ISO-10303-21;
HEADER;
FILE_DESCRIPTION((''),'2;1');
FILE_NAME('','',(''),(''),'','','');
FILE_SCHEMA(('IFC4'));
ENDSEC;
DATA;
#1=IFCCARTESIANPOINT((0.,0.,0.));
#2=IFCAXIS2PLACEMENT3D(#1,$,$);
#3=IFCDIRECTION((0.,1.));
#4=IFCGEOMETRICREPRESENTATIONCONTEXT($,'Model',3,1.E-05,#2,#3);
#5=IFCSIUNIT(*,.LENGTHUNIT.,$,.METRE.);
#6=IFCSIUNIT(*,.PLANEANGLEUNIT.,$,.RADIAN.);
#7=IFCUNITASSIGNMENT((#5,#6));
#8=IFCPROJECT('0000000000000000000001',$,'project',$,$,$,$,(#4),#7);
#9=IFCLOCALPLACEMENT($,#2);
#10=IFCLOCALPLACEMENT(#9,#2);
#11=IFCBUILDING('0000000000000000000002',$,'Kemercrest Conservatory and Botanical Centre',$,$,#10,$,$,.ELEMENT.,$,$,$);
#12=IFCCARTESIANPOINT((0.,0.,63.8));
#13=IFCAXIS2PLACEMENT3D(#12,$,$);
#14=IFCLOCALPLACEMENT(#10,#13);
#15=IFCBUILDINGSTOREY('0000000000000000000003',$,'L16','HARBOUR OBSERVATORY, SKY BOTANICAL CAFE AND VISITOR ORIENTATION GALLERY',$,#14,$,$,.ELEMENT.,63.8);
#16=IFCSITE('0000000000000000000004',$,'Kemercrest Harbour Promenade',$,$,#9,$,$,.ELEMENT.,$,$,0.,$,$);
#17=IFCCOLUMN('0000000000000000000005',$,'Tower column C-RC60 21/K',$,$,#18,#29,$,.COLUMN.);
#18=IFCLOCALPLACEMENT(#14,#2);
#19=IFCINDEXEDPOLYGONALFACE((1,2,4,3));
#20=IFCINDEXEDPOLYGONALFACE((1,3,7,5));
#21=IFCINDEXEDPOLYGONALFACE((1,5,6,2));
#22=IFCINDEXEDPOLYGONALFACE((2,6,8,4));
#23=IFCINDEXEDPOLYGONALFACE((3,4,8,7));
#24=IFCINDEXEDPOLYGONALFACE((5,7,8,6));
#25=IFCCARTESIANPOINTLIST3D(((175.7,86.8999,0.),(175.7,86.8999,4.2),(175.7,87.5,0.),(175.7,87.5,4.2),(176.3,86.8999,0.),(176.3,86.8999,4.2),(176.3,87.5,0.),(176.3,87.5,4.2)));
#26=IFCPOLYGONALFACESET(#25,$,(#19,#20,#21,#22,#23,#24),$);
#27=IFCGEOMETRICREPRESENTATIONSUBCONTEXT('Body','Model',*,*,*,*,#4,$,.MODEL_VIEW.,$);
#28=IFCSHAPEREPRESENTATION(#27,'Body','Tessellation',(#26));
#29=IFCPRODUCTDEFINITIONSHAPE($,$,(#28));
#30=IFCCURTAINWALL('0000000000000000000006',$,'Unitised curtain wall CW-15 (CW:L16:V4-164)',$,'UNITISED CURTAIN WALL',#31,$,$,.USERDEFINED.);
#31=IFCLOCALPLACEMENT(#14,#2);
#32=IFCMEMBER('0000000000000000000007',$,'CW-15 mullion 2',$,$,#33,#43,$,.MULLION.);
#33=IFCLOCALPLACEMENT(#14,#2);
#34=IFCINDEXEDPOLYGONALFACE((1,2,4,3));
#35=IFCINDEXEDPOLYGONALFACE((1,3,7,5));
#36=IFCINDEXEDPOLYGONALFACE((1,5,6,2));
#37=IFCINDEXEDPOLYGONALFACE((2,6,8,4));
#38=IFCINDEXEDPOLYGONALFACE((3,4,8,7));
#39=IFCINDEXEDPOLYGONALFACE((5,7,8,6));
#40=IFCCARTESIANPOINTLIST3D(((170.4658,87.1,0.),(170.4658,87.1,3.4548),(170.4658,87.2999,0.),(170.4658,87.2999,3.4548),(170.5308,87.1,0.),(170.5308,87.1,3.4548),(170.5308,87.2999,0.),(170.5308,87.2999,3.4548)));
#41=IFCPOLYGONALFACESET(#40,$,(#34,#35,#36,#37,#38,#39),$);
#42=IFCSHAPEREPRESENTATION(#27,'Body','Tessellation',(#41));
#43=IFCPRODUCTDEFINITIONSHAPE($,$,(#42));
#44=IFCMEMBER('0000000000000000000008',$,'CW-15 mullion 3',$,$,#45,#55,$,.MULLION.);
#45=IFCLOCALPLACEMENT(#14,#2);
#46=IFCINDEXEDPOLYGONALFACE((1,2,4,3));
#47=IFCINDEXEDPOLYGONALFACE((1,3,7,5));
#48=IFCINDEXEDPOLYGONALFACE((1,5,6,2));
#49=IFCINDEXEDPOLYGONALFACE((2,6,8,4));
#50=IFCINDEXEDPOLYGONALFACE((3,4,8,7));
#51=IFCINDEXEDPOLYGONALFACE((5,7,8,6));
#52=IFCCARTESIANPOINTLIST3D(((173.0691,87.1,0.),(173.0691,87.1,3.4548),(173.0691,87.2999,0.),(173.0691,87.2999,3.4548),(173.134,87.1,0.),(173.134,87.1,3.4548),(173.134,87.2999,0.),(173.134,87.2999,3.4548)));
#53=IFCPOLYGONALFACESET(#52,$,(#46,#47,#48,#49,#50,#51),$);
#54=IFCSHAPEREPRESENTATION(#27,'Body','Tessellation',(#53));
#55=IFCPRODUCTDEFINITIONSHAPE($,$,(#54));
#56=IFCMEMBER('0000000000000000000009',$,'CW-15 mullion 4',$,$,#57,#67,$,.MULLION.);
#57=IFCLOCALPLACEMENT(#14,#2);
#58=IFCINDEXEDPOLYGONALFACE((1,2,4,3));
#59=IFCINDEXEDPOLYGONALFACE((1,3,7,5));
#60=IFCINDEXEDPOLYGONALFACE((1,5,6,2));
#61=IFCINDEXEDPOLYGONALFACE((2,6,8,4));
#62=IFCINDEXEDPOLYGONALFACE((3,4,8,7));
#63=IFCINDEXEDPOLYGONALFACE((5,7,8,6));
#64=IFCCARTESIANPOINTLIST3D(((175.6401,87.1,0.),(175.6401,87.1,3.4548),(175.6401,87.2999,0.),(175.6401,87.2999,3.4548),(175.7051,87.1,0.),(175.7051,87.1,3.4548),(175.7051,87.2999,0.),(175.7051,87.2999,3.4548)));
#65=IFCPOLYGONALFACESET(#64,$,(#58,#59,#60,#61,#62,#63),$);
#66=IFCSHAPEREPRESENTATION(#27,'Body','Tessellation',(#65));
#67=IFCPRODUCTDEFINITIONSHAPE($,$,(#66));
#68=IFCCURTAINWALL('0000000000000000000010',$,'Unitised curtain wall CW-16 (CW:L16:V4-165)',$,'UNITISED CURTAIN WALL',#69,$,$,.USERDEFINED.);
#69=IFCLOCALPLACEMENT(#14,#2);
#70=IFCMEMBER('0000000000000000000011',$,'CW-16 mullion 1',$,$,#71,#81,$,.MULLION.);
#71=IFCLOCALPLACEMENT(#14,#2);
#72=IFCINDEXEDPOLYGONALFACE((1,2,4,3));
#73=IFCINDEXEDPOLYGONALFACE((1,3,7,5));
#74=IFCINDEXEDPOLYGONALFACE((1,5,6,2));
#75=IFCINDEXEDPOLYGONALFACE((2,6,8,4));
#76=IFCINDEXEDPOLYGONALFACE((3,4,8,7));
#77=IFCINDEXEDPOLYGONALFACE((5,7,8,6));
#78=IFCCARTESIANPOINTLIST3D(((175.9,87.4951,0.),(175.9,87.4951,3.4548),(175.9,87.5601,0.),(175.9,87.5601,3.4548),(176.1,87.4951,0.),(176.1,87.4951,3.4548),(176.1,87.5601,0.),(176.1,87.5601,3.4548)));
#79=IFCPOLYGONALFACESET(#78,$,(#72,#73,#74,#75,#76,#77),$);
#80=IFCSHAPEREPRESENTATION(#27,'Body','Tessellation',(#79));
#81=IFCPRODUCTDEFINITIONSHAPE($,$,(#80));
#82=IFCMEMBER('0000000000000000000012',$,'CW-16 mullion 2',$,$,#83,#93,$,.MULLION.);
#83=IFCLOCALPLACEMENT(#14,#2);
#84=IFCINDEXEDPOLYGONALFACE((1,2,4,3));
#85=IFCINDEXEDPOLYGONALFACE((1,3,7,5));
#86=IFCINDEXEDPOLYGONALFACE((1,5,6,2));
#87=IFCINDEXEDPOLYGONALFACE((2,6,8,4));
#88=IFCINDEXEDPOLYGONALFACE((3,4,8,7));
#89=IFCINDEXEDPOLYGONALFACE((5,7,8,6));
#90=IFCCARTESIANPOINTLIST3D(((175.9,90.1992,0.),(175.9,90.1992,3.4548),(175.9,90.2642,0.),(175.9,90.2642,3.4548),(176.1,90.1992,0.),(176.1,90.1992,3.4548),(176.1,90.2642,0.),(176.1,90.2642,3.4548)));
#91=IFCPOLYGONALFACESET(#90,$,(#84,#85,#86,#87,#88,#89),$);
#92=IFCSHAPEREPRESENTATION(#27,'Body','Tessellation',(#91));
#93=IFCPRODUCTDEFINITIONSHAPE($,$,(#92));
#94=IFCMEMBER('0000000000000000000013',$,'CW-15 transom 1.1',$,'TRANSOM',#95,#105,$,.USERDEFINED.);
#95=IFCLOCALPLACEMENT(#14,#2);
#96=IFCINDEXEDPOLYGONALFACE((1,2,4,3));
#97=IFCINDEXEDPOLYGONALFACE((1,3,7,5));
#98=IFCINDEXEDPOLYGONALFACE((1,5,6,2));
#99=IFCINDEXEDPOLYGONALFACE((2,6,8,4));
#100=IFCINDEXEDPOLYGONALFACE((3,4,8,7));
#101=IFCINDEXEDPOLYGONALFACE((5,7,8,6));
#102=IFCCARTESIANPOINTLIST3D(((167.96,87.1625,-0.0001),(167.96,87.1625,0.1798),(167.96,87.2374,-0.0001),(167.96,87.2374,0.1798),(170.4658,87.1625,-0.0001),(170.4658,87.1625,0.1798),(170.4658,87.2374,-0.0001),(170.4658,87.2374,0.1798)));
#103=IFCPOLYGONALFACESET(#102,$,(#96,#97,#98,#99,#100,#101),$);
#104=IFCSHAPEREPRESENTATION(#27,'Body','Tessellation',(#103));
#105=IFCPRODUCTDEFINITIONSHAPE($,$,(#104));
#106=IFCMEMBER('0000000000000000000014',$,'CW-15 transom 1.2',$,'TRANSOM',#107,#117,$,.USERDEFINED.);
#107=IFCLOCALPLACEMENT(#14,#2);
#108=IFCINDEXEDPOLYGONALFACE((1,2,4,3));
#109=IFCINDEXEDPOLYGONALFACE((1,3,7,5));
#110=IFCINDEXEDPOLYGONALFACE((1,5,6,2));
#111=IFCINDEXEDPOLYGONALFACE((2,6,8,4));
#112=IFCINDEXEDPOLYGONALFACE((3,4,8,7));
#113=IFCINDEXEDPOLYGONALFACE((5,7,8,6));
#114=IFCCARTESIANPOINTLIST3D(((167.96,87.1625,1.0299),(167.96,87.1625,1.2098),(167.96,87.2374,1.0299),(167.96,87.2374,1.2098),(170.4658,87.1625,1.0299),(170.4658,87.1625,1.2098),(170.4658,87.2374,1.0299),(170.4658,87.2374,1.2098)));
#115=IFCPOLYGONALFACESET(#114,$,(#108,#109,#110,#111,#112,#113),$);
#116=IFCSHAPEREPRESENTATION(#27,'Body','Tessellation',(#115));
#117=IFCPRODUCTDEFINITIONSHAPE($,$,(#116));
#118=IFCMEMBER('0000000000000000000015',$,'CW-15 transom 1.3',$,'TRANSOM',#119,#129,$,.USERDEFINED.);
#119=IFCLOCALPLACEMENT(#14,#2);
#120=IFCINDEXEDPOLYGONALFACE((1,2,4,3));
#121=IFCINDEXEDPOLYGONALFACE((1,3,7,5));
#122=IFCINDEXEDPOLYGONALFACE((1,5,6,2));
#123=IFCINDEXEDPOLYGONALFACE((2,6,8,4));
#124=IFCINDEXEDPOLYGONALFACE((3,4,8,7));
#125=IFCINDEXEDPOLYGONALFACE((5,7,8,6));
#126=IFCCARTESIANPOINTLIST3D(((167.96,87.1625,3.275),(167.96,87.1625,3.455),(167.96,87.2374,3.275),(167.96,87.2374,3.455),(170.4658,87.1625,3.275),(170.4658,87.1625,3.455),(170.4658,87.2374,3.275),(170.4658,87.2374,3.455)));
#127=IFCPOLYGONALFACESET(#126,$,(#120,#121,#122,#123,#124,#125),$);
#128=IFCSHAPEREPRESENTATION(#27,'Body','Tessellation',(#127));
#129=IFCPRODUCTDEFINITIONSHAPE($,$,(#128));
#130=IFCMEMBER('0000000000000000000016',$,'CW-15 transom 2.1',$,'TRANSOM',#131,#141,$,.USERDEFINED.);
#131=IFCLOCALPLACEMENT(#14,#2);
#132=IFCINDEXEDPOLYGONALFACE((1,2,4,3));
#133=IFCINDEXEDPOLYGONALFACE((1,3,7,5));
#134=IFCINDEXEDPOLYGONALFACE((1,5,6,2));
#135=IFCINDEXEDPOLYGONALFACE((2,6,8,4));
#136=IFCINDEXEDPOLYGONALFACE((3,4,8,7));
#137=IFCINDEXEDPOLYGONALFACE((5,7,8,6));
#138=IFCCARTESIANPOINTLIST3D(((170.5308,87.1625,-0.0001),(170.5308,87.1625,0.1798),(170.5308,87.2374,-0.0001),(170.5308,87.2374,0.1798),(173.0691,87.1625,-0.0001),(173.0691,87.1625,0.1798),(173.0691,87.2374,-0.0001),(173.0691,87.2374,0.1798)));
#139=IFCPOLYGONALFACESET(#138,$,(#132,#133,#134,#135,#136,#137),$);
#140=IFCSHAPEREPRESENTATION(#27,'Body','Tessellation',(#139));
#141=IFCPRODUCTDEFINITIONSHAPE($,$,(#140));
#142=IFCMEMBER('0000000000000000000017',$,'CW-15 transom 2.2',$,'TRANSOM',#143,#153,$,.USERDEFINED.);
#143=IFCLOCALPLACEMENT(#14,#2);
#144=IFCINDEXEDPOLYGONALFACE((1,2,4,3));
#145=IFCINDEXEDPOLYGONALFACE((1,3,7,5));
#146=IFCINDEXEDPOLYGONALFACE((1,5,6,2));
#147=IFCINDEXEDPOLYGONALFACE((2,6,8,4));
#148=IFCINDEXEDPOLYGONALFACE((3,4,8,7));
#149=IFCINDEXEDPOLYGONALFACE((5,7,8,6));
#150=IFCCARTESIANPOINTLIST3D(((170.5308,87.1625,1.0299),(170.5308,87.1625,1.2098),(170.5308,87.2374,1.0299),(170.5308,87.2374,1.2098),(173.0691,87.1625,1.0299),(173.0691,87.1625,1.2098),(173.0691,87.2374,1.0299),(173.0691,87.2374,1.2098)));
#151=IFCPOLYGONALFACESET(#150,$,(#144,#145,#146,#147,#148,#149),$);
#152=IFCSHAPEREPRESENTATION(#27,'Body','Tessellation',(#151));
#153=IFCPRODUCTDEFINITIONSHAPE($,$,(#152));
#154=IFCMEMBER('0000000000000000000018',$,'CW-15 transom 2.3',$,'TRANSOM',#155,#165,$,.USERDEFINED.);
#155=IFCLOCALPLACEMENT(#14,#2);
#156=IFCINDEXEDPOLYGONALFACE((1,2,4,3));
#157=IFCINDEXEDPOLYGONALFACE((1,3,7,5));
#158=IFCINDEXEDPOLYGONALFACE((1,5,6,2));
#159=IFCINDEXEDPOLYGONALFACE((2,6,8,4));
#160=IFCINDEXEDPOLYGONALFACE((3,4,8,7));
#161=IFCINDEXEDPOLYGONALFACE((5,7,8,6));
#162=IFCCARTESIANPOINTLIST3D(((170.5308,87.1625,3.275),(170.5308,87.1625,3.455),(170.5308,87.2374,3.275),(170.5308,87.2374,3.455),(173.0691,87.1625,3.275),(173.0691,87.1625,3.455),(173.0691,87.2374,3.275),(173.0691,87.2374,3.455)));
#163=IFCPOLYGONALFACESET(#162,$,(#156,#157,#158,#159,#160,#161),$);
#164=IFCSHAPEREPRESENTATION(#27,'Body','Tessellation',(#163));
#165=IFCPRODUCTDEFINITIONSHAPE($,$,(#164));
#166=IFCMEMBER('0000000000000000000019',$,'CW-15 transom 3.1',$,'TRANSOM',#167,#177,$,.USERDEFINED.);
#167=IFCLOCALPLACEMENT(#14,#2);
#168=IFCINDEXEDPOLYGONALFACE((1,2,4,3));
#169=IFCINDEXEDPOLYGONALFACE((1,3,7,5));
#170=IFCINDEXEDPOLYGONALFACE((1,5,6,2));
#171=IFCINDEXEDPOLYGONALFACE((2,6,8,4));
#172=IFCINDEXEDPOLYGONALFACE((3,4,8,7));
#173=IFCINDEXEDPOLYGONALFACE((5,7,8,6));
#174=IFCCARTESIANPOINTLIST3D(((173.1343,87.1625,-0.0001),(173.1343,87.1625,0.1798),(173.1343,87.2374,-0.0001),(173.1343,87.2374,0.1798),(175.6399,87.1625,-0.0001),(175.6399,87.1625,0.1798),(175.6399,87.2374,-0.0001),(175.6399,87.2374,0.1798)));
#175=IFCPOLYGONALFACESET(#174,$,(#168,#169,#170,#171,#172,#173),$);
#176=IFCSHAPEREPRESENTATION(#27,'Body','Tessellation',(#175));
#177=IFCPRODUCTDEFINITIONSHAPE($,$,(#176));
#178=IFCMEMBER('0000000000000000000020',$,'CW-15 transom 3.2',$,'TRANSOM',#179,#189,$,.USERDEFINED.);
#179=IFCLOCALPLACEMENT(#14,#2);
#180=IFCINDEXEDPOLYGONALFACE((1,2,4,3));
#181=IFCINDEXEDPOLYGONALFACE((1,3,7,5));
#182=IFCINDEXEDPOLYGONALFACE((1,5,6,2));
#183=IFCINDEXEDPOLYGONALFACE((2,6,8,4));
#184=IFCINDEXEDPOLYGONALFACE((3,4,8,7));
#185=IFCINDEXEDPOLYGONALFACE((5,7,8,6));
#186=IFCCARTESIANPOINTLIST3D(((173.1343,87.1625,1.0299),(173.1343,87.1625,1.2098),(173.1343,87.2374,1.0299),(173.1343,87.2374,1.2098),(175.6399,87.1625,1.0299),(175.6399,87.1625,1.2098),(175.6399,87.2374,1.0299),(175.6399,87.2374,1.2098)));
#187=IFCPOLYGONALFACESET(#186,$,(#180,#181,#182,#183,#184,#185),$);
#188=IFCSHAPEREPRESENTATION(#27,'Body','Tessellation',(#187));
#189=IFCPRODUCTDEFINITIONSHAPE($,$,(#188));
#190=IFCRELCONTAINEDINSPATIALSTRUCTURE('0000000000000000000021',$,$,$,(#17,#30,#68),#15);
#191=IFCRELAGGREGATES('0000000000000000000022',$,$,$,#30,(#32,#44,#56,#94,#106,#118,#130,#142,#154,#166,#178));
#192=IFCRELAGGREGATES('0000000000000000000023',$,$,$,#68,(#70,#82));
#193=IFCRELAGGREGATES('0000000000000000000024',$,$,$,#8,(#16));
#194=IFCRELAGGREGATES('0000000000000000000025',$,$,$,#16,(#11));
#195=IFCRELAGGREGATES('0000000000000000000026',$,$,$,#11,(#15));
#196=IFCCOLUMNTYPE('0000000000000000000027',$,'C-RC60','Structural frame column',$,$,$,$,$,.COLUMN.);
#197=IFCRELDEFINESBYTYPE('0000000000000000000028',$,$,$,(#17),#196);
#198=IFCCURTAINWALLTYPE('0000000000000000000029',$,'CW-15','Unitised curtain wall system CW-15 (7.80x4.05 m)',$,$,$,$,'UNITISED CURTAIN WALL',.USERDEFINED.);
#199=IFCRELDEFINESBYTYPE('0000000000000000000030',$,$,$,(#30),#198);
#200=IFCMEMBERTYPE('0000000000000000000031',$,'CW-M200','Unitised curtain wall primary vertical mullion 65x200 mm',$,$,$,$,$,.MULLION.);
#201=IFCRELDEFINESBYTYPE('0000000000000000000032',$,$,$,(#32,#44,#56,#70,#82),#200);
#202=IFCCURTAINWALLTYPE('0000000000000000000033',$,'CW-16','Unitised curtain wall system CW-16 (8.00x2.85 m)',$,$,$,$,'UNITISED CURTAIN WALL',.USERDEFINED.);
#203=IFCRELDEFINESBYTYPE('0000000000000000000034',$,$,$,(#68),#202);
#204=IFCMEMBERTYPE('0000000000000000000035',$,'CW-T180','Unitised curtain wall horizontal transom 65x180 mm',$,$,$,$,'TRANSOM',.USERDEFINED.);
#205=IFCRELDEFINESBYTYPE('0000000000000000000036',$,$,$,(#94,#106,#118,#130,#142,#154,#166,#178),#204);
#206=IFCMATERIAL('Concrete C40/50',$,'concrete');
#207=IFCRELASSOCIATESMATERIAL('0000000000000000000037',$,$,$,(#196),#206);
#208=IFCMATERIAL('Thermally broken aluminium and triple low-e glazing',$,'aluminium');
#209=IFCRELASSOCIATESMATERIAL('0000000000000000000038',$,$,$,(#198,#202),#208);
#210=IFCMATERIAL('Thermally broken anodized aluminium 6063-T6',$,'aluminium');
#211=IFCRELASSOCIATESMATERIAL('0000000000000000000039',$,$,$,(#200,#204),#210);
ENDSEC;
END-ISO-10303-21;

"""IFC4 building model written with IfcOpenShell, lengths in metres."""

from ifc_helpers import new_model, si_unit, direction, frame, origin, origin_2d, place, context, subcontext, project, spatial, rectangle, extrude, material, material_profile, profile_set, type_object, element, aggregate, save


model = new_model("IFC4")

# Units and contexts
model_context = context("Model", 3, precision=1e-05, world=origin(), true_north=direction((0.0, 1.0)))
body_context = subcontext(model_context, "Body", "Model", "MODEL_VIEW")
ifc_project = project(units=[si_unit("LENGTHUNIT", "METRE"), si_unit("PLANEANGLEUNIT", "RADIAN")], contexts=[model_context])

# Site, building, storey
site_placement = place(None, origin())
site = spatial("IfcSite", under=ifc_project, at=site_placement, Name="Kemercrest Harbour Promenade", CompositionType="ELEMENT", RefElevation=0.0)
building_placement = place(site_placement, origin())
building = spatial("IfcBuilding", under=site, at=building_placement, Name="Kemercrest Conservatory and Botanical Centre", CompositionType="ELEMENT")
storey_placement = place(building_placement, frame((0.0, 0.0, 63.8)))
storey = spatial("IfcBuildingStorey", under=building, at=storey_placement, Name="L16", Description="HARBOUR OBSERVATORY, SKY BOTANICAL CAFE AND VISITOR ORIENTATION GALLERY", CompositionType="ELEMENT", Elevation=63.8)

# Column
ifc_material_1 = material(Name="Concrete C40/50", Category="concrete")
ifc_material_profile_1 = material_profile(ifc_material_1, rectangle(XDim=0.6001, YDim=0.6001, at=origin_2d()), Name="RC 600x600")
ifc_profile_set_1 = profile_set([ifc_material_profile_1], Name="Concrete C40/50")
column_type = type_object("IfcColumnType", Name="C-RC60", Description="Structural frame column", PredefinedType="COLUMN", material=ifc_profile_set_1)
column_placement = place(storey_placement, frame((176.0, 87.2, 0.0), z_axis=(0.0, 0.0, 1.0), x_axis=(1.0, 0.0, 0.0)))
element("IfcColumn", 1, at=column_placement, inside=storey, type_object=column_type, Name="Tower column C-RC60 21/K", PredefinedType="COLUMN", context=body_context, shape_type="SweptSolid", body=[
    extrude(rectangle(XDim=0.6001, YDim=0.6001, at=origin_2d()), origin(), (0.0, 0.0, 1.0), 4.2),
])

# Curtain walls, members
ifc_material_2 = material(Name="Thermally broken aluminium and triple low-e glazing", Category="aluminium")
curtain_wall_type_1 = type_object("IfcCurtainWallType", Name="CW-15", Description="Unitised curtain wall system CW-15 (7.80x4.05 m)", ElementType="UNITISED CURTAIN WALL", PredefinedType="USERDEFINED", material=ifc_material_2)
curtain_wall_1_placement = place(storey_placement, origin())
curtain_wall_1 = element("IfcCurtainWall", 2, at=curtain_wall_1_placement, inside=storey, type_object=curtain_wall_type_1, Name="Unitised curtain wall CW-15 (CW:L16:V4-164)", ObjectType="UNITISED CURTAIN WALL", PredefinedType="USERDEFINED")
ifc_material_3 = material(Name="Thermally broken anodized aluminium 6063-T6", Category="aluminium")
ifc_material_profile_2 = material_profile(ifc_material_3, rectangle(XDim=0.2, YDim=0.0649, at=origin_2d()), Name="AL MULLION 65x200")
ifc_profile_set_2 = profile_set([ifc_material_profile_2], Name="Thermally broken anodized aluminium 6063-T6")
member_type_1 = type_object("IfcMemberType", Name="CW-M200", Description="Unitised curtain wall primary vertical mullion 65x200 mm", PredefinedType="MULLION", material=ifc_profile_set_2)
member_1_placement = place(storey_placement, frame((170.4983, 87.2, 0.0), z_axis=(0.0, 0.0, 1.0), x_axis=(0.0, 1.0, 0.0)))
member_1 = element("IfcMember", 3, at=member_1_placement, type_object=member_type_1, Name="CW-15 mullion 2", PredefinedType="MULLION", context=body_context, shape_type="SweptSolid", body=[
    extrude(rectangle(XDim=0.2, YDim=0.0649, at=origin_2d()), origin(), (0.0, 0.0, 1.0), 3.4548),
])
member_2_placement = place(storey_placement, frame((173.1016, 87.2, 0.0), z_axis=(0.0, 0.0, 1.0), x_axis=(0.0, 1.0, 0.0)))
member_2 = element("IfcMember", 4, at=member_2_placement, type_object=member_type_1, Name="CW-15 mullion 3", PredefinedType="MULLION", context=body_context, shape_type="SweptSolid", body=[
    extrude(rectangle(XDim=0.2, YDim=0.0649, at=origin_2d()), origin(), (0.0, 0.0, 1.0), 3.4548),
])
member_3_placement = place(storey_placement, frame((175.6726, 87.2, 0.0), z_axis=(0.0, 0.0, 1.0), x_axis=(0.0, 1.0, 0.0)))
member_3 = element("IfcMember", 5, at=member_3_placement, type_object=member_type_1, Name="CW-15 mullion 4", PredefinedType="MULLION", context=body_context, shape_type="SweptSolid", body=[
    extrude(rectangle(XDim=0.2, YDim=0.0649, at=origin_2d()), origin(), (0.0, 0.0, 1.0), 3.4548),
])
curtain_wall_type_2 = type_object("IfcCurtainWallType", Name="CW-16", Description="Unitised curtain wall system CW-16 (8.00x2.85 m)", ElementType="UNITISED CURTAIN WALL", PredefinedType="USERDEFINED", material=ifc_material_2)
curtain_wall_2_placement = place(storey_placement, origin())
curtain_wall_2 = element("IfcCurtainWall", 6, at=curtain_wall_2_placement, inside=storey, type_object=curtain_wall_type_2, Name="Unitised curtain wall CW-16 (CW:L16:V4-165)", ObjectType="UNITISED CURTAIN WALL", PredefinedType="USERDEFINED")
member_4_placement = place(storey_placement, frame((176.0, 87.5276, 0.0), z_axis=(0.0, 0.0, 1.0), x_axis=(-1.0, 0.0, 0.0)))
member_4 = element("IfcMember", 7, at=member_4_placement, type_object=member_type_1, Name="CW-16 mullion 1", PredefinedType="MULLION", context=body_context, shape_type="SweptSolid", body=[
    extrude(rectangle(XDim=0.2, YDim=0.0649, at=origin_2d()), origin(), (0.0, 0.0, 1.0), 3.4548),
])
member_5_placement = place(storey_placement, frame((176.0, 90.2317, 0.0), z_axis=(0.0, 0.0, 1.0), x_axis=(-1.0, 0.0, 0.0)))
member_5 = element("IfcMember", 8, at=member_5_placement, type_object=member_type_1, Name="CW-16 mullion 2", PredefinedType="MULLION", context=body_context, shape_type="SweptSolid", body=[
    extrude(rectangle(XDim=0.2, YDim=0.0649, at=origin_2d()), origin(), (0.0, 0.0, 1.0), 3.4548),
])

# Members
ifc_material_profile_3 = material_profile(ifc_material_3, rectangle(XDim=0.075, YDim=0.1799, at=origin_2d()), Name="AL TRANSOM 75x180")
ifc_profile_set_3 = profile_set([ifc_material_profile_3], Name="Thermally broken anodized aluminium 6063-T6")
member_type_2 = type_object("IfcMemberType", Name="CW-T180", Description="Unitised curtain wall horizontal transom 65x180 mm", ElementType="TRANSOM", PredefinedType="USERDEFINED", material=ifc_profile_set_3)
member_6_placement = place(storey_placement, frame((167.96, 87.2, 0.0898), z_axis=(1.0, 0.0, 0.0), x_axis=(0.0, 1.0, 0.0)))
member_6 = element("IfcMember", 9, at=member_6_placement, type_object=member_type_2, Name="CW-15 transom 1.1", ObjectType="TRANSOM", PredefinedType="USERDEFINED", context=body_context, shape_type="SweptSolid", body=[
    extrude(rectangle(XDim=0.075, YDim=0.1799, at=origin_2d()), origin(), (0.0, 0.0, 1.0), 2.5059),
])
member_7_placement = place(storey_placement, frame((167.96, 87.2, 1.1199), z_axis=(1.0, 0.0, 0.0), x_axis=(0.0, 1.0, 0.0)))
member_7 = element("IfcMember", 10, at=member_7_placement, type_object=member_type_2, Name="CW-15 transom 1.2", ObjectType="TRANSOM", PredefinedType="USERDEFINED", context=body_context, shape_type="SweptSolid", body=[
    extrude(rectangle(XDim=0.075, YDim=0.1799, at=origin_2d()), origin(), (0.0, 0.0, 1.0), 2.5059),
])
member_8_placement = place(storey_placement, frame((167.96, 87.2, 3.365), z_axis=(1.0, 0.0, 0.0), x_axis=(0.0, 1.0, 0.0)))
member_8 = element("IfcMember", 11, at=member_8_placement, type_object=member_type_2, Name="CW-15 transom 1.3", ObjectType="TRANSOM", PredefinedType="USERDEFINED", context=body_context, shape_type="SweptSolid", body=[
    extrude(rectangle(XDim=0.075, YDim=0.1799, at=origin_2d()), origin(), (0.0, 0.0, 1.0), 2.5059),
])
member_9_placement = place(storey_placement, frame((170.5308, 87.2, 0.0898), z_axis=(1.0, 0.0, 0.0), x_axis=(0.0, 1.0, 0.0)))
member_9 = element("IfcMember", 12, at=member_9_placement, type_object=member_type_2, Name="CW-15 transom 2.1", ObjectType="TRANSOM", PredefinedType="USERDEFINED", context=body_context, shape_type="SweptSolid", body=[
    extrude(rectangle(XDim=0.075, YDim=0.1799, at=origin_2d()), origin(), (0.0, 0.0, 1.0), 2.5383),
])
member_10_placement = place(storey_placement, frame((170.5308, 87.2, 1.1199), z_axis=(1.0, 0.0, 0.0), x_axis=(0.0, 1.0, 0.0)))
member_10 = element("IfcMember", 13, at=member_10_placement, type_object=member_type_2, Name="CW-15 transom 2.2", ObjectType="TRANSOM", PredefinedType="USERDEFINED", context=body_context, shape_type="SweptSolid", body=[
    extrude(rectangle(XDim=0.075, YDim=0.1799, at=origin_2d()), origin(), (0.0, 0.0, 1.0), 2.5383),
])
member_11_placement = place(storey_placement, frame((170.5308, 87.2, 3.365), z_axis=(1.0, 0.0, 0.0), x_axis=(0.0, 1.0, 0.0)))
member_11 = element("IfcMember", 14, at=member_11_placement, type_object=member_type_2, Name="CW-15 transom 2.3", ObjectType="TRANSOM", PredefinedType="USERDEFINED", context=body_context, shape_type="SweptSolid", body=[
    extrude(rectangle(XDim=0.075, YDim=0.1799, at=origin_2d()), origin(), (0.0, 0.0, 1.0), 2.5383),
])
member_12_placement = place(storey_placement, frame((173.1343, 87.2, 0.0898), z_axis=(1.0, 0.0, 0.0), x_axis=(0.0, 1.0, 0.0)))
member_12 = element("IfcMember", 15, at=member_12_placement, type_object=member_type_2, Name="CW-15 transom 3.1", ObjectType="TRANSOM", PredefinedType="USERDEFINED", context=body_context, shape_type="SweptSolid", body=[
    extrude(rectangle(XDim=0.075, YDim=0.1799, at=origin_2d()), origin(), (0.0, 0.0, 1.0), 2.5056),
])
member_13_placement = place(storey_placement, frame((173.1343, 87.2, 1.1199), z_axis=(1.0, 0.0, 0.0), x_axis=(0.0, 1.0, 0.0)))
member_13 = element("IfcMember", 16, at=member_13_placement, type_object=member_type_2, Name="CW-15 transom 3.2", ObjectType="TRANSOM", PredefinedType="USERDEFINED", context=body_context, shape_type="SweptSolid", body=[
    extrude(rectangle(XDim=0.075, YDim=0.1799, at=origin_2d()), origin(), (0.0, 0.0, 1.0), 2.5056),
])

aggregate(curtain_wall_1, [member_1, member_2, member_3, member_6, member_7, member_8, member_9, member_10, member_11, member_12, member_13])
aggregate(curtain_wall_2, [member_4, member_5])

save(model, "model.ifc")
